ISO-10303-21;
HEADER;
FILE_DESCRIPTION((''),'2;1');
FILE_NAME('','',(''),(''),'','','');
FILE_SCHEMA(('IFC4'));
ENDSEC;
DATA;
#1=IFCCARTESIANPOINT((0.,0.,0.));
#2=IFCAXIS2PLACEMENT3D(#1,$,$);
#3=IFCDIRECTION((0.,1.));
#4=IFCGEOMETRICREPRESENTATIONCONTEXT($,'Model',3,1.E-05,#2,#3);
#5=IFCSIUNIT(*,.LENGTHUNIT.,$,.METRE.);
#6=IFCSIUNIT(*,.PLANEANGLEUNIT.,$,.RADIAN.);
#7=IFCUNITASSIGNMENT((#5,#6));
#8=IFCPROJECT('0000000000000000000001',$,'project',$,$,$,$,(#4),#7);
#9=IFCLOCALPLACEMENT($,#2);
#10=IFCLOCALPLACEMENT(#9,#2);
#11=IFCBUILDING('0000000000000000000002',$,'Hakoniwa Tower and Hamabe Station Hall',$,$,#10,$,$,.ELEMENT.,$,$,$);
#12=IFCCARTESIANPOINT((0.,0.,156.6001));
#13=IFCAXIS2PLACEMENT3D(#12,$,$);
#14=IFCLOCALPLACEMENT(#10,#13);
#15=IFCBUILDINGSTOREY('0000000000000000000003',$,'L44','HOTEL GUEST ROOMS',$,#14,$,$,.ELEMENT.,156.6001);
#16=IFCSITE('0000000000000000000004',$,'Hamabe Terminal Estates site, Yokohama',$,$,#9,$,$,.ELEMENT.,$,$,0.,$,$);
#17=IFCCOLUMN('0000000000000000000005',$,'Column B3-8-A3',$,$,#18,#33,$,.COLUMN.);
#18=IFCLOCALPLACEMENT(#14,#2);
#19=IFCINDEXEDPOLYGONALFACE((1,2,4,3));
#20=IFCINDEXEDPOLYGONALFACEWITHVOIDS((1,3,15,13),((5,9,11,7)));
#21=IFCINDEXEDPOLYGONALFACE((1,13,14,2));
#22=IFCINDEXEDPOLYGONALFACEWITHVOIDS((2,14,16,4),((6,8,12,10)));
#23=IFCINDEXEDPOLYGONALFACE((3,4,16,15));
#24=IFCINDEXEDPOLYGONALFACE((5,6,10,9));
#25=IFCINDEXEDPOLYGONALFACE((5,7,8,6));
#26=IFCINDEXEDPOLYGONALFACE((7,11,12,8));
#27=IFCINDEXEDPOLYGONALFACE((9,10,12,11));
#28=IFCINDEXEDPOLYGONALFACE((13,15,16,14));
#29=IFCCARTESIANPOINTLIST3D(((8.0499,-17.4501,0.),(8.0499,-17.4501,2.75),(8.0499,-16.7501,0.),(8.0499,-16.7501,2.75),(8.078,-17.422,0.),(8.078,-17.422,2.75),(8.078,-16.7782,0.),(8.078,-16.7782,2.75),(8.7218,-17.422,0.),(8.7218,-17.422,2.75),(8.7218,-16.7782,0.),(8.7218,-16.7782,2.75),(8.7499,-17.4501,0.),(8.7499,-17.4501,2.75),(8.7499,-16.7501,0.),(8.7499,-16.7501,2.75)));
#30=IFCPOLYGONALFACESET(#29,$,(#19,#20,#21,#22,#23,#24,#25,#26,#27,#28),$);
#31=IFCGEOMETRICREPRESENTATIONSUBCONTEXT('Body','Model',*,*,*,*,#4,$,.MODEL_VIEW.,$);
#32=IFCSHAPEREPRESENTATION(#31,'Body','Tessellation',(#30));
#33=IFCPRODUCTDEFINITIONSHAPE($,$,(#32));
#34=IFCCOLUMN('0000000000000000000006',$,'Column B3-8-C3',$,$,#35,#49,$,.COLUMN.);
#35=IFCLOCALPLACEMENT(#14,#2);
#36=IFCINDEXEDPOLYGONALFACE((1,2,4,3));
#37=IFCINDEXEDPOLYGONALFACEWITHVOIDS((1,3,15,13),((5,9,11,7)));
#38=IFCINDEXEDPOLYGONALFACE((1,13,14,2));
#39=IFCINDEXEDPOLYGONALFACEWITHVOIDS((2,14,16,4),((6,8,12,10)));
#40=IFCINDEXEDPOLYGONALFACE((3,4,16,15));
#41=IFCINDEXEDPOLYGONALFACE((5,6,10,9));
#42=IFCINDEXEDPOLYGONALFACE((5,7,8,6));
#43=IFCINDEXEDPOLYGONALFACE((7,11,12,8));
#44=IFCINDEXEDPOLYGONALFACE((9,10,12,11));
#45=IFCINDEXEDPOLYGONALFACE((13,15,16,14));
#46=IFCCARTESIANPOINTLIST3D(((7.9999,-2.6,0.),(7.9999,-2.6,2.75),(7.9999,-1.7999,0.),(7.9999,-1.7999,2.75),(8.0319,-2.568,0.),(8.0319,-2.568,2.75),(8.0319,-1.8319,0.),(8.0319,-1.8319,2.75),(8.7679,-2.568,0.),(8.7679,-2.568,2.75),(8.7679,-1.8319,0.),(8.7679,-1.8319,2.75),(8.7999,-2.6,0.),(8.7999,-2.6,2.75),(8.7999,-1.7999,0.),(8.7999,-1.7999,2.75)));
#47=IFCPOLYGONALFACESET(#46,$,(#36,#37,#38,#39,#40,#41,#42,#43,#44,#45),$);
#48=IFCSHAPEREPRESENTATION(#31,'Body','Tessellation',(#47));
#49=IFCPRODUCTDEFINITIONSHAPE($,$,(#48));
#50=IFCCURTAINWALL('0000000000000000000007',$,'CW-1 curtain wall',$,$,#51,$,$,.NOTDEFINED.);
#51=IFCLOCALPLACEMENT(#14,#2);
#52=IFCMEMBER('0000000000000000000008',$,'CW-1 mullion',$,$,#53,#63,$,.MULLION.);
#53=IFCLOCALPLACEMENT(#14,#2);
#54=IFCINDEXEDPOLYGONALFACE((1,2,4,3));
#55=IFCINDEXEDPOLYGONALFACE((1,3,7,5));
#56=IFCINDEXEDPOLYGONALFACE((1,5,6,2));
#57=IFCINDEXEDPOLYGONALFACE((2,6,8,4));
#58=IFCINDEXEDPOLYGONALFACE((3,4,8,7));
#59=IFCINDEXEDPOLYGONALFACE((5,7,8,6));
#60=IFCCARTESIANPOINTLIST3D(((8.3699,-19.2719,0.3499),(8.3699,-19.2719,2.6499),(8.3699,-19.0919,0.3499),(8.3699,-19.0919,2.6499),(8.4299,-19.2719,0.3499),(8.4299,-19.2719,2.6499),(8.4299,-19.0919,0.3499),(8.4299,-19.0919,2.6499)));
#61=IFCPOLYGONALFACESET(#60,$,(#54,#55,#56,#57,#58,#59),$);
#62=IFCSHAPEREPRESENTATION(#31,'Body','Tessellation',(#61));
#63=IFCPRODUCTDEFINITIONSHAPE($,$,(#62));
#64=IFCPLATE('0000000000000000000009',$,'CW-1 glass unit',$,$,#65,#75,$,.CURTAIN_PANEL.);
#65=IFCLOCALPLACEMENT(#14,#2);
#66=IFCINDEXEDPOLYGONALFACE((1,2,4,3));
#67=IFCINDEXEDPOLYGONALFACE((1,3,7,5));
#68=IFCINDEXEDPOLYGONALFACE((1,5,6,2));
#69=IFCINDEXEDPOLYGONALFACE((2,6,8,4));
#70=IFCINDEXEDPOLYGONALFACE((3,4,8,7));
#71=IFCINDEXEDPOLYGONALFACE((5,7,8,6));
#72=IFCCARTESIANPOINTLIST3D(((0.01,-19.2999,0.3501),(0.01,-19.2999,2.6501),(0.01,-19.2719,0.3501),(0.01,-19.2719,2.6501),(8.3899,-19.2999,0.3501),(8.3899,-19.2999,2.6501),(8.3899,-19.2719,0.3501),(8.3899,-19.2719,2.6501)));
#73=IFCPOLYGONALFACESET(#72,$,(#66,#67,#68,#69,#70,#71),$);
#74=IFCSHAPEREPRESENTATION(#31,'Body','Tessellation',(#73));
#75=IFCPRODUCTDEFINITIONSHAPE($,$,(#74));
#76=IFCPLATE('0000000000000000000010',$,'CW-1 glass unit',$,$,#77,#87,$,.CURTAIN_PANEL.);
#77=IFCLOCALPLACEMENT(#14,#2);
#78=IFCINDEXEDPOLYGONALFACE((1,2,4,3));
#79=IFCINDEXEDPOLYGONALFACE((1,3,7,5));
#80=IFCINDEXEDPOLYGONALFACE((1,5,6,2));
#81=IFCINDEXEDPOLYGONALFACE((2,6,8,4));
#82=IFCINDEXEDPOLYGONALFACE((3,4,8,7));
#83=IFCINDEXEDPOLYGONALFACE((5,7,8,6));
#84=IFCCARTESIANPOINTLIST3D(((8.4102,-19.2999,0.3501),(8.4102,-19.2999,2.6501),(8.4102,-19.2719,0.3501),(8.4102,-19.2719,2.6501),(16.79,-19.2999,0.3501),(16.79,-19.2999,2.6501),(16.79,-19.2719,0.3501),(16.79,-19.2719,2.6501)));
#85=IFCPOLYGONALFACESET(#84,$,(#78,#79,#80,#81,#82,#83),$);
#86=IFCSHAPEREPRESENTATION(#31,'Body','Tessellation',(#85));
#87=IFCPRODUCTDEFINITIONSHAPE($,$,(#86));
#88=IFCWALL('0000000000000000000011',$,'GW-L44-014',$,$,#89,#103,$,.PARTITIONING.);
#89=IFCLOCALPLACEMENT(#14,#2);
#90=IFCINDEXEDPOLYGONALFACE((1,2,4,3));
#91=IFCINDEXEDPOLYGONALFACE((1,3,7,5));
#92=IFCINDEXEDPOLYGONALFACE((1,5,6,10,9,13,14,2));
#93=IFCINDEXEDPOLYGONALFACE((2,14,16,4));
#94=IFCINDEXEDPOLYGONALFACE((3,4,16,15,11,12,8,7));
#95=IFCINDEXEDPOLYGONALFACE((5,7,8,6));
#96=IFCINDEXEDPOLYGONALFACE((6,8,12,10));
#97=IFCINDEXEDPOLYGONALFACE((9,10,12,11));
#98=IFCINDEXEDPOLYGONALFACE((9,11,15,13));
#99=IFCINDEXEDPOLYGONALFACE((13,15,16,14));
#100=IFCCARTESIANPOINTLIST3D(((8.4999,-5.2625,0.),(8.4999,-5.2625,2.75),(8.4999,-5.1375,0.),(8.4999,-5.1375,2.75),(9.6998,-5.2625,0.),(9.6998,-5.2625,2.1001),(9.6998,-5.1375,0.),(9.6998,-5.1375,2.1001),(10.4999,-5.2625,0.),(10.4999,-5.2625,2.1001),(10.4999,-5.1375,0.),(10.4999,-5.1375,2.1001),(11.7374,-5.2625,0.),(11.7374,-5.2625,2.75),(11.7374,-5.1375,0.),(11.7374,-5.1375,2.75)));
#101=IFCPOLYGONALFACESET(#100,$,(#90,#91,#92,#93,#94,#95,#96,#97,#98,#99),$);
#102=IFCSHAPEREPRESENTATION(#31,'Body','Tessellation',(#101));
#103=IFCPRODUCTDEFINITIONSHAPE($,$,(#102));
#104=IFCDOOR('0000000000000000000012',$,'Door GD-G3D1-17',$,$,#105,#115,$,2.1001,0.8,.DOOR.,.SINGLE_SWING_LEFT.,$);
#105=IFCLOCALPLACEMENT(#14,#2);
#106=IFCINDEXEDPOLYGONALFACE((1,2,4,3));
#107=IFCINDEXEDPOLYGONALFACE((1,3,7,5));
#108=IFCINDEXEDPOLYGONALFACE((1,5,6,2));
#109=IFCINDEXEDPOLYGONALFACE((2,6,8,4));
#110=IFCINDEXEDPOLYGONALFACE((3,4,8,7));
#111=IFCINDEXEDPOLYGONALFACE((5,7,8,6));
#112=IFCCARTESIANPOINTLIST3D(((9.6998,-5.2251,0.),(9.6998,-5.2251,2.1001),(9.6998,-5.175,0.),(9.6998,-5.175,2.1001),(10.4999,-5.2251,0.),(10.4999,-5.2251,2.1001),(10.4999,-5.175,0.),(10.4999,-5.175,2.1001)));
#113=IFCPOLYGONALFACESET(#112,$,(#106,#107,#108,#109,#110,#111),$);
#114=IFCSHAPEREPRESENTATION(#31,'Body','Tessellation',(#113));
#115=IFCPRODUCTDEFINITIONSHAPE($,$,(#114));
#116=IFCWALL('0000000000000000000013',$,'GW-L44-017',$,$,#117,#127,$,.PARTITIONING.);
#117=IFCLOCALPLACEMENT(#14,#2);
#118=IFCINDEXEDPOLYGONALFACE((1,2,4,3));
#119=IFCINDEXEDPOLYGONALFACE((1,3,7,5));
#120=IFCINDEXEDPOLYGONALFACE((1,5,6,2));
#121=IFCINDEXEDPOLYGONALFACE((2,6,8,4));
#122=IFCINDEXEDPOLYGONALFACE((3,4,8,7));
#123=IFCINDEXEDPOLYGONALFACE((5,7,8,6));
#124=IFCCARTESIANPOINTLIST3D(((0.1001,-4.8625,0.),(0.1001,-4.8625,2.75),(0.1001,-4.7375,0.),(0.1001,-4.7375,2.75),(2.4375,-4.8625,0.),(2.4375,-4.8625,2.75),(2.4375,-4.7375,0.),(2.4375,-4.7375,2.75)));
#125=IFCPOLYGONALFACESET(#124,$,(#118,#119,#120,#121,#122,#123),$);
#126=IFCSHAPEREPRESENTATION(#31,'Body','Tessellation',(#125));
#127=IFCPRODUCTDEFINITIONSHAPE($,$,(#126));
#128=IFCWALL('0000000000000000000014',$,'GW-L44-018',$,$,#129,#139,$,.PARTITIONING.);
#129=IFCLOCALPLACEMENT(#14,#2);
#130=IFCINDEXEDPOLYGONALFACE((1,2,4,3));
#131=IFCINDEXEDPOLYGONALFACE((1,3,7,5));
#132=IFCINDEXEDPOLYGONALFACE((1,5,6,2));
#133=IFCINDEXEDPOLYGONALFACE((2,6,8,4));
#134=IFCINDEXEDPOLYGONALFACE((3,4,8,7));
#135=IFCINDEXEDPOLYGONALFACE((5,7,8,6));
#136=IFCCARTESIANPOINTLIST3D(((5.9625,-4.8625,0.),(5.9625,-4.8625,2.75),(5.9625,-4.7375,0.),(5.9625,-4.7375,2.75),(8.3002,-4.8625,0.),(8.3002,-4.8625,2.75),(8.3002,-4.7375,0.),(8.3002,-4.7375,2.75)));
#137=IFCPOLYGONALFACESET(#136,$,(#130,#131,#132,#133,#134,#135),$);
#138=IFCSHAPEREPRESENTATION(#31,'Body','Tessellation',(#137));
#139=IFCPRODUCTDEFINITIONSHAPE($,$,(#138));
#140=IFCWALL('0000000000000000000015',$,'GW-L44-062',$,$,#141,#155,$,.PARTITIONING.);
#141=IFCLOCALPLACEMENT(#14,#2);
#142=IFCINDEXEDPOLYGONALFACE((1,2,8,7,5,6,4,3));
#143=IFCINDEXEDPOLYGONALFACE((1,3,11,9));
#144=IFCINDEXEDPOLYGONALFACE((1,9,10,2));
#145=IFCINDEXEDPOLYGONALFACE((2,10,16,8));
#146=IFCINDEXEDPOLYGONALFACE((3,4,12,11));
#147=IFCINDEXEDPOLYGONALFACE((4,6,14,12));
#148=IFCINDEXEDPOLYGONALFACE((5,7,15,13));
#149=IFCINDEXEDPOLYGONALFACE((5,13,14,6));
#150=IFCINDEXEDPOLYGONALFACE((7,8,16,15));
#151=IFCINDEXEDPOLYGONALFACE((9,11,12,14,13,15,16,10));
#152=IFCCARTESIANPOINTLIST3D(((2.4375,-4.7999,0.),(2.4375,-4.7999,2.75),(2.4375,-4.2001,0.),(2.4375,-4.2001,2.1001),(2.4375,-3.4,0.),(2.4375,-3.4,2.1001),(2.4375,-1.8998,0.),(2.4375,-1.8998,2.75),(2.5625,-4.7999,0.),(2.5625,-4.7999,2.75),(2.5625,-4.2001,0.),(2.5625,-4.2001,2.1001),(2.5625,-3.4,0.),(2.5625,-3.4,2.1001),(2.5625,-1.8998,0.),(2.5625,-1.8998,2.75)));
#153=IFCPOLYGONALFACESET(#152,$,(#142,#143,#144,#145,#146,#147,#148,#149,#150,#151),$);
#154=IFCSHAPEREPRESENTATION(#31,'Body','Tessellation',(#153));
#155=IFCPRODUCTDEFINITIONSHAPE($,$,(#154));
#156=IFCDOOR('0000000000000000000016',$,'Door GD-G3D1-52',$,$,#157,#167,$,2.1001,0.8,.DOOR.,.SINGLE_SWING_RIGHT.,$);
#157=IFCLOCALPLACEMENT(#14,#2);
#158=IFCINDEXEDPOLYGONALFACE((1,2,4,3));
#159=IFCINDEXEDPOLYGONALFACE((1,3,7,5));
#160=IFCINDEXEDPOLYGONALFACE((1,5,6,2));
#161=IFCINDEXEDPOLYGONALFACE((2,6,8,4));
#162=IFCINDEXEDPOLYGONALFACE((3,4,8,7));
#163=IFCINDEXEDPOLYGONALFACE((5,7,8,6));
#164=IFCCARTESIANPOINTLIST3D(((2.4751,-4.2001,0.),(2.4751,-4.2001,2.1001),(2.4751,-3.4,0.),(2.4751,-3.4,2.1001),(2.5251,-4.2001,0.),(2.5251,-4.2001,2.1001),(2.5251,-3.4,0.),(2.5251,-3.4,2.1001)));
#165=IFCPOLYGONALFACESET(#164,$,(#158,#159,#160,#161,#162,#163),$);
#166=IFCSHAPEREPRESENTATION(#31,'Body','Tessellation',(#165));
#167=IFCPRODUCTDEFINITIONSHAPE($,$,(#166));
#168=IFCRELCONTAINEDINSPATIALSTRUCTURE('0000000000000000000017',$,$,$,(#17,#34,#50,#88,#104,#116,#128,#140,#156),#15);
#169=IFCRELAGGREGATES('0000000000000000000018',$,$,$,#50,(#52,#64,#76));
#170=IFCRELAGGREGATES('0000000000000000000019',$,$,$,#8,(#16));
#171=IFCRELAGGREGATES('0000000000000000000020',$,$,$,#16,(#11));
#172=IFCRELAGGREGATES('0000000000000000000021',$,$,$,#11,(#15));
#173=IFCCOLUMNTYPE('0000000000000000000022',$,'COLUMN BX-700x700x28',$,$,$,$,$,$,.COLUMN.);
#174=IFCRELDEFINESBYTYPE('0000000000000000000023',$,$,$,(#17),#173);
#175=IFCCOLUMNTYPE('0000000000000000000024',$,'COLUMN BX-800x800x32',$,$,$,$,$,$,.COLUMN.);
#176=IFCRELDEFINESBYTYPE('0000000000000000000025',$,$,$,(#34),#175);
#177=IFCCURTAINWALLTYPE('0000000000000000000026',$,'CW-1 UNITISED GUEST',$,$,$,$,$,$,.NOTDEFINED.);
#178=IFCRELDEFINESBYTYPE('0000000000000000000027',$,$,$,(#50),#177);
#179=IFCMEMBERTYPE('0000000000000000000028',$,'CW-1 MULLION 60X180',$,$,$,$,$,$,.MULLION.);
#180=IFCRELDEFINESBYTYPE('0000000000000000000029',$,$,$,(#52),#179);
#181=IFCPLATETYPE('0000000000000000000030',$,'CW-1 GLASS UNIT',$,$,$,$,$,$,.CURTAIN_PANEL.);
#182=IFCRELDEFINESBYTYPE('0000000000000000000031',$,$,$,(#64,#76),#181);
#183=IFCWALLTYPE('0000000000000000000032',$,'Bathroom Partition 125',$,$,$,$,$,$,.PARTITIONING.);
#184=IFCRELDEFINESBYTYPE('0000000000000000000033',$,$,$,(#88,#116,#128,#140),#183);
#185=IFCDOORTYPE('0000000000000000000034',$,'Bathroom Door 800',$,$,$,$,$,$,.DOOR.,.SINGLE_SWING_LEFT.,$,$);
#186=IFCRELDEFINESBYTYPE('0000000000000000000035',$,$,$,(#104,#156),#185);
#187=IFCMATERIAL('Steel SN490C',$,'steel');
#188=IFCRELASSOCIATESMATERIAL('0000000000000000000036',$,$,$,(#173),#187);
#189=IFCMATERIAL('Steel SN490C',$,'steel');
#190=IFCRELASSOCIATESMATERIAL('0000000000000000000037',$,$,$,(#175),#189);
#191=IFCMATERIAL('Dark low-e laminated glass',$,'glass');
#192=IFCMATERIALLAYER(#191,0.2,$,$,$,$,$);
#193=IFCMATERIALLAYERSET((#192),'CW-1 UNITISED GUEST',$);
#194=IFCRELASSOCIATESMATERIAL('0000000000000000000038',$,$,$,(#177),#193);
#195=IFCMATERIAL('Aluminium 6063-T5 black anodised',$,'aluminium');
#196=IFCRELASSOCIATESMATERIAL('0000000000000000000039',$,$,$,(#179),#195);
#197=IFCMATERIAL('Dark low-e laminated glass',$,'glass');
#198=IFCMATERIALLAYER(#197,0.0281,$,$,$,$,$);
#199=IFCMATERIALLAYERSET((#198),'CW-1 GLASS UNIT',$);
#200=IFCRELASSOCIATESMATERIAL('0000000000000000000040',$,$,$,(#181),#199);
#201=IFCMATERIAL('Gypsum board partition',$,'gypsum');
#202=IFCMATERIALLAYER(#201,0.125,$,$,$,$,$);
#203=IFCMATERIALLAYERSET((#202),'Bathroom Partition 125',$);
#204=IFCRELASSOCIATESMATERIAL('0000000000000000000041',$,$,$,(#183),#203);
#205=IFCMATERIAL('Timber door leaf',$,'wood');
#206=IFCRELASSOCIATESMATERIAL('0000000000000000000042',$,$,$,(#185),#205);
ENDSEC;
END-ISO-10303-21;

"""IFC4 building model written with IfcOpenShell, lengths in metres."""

from ifc_helpers import new_model, si_unit, direction, frame, frame_2d, origin, origin_2d, place, context, subcontext, project, spatial, rectangle, hollow_rectangle, extrude, material, layer, layer_set, material_profile, profile_set, type_object, element, fill, aggregate, save


model = new_model("IFC4")

# Units and contexts
model_context = context("Model", 3, precision=1e-05, world=origin(), true_north=direction((0.0, 1.0)))
body_context = subcontext(model_context, "Body", "Model", "MODEL_VIEW")
ifc_project = project(units=[si_unit("LENGTHUNIT", "METRE"), si_unit("PLANEANGLEUNIT", "RADIAN")], contexts=[model_context])

# Site, building, storey
site_placement = place(None, origin())
site = spatial("IfcSite", under=ifc_project, at=site_placement, Name="Hamabe Terminal Estates site, Yokohama", CompositionType="ELEMENT", RefElevation=0.0)
building_placement = place(site_placement, origin())
building = spatial("IfcBuilding", under=site, at=building_placement, Name="Hakoniwa Tower and Hamabe Station Hall", CompositionType="ELEMENT")
storey_placement = place(building_placement, frame((0.0, 0.0, 156.6001)))
storey = spatial("IfcBuildingStorey", under=building, at=storey_placement, Name="L44", Description="HOTEL GUEST ROOMS", CompositionType="ELEMENT", Elevation=156.6001)

# Columns
ifc_material_1 = material(Name="Steel SN490C", Category="steel")
ifc_material_profile_1 = material_profile(ifc_material_1, hollow_rectangle(XDim=0.7, YDim=0.7, WallThickness=0.0281, at=origin_2d()), Name="BX-700x700x28")
ifc_profile_set_1 = profile_set([ifc_material_profile_1], Name="Steel SN490C")
column_type_1 = type_object("IfcColumnType", Name="COLUMN BX-700x700x28", PredefinedType="COLUMN", material=ifc_profile_set_1)
column_1_placement = place(storey_placement, frame((8.3999, -17.1001, 0.0), z_axis=(0.0, 0.0, 1.0), x_axis=(1.0, 0.0, 0.0)))
element("IfcColumn", 1, at=column_1_placement, inside=storey, type_object=column_type_1, Name="Column B3-8-A3", PredefinedType="COLUMN", context=body_context, shape_type="SweptSolid", body=[
    extrude(hollow_rectangle(XDim=0.7, YDim=0.7, WallThickness=0.0281, at=origin_2d()), origin(), (0.0, 0.0, 1.0), 2.75),
])
ifc_material_2 = material(Name="Steel SN490C", Category="steel")
ifc_material_profile_2 = material_profile(ifc_material_2, hollow_rectangle(XDim=0.8, YDim=0.8, WallThickness=0.032, at=origin_2d()), Name="BX-800x800x32")
ifc_profile_set_2 = profile_set([ifc_material_profile_2], Name="Steel SN490C")
column_type_2 = type_object("IfcColumnType", Name="COLUMN BX-800x800x32", PredefinedType="COLUMN", material=ifc_profile_set_2)
column_2_placement = place(storey_placement, frame((8.3999, -2.2, 0.0), z_axis=(0.0, 0.0, 1.0), x_axis=(1.0, 0.0, 0.0)))
element("IfcColumn", 2, at=column_2_placement, inside=storey, type_object=column_type_2, Name="Column B3-8-C3", PredefinedType="COLUMN", context=body_context, shape_type="SweptSolid", body=[
    extrude(hollow_rectangle(XDim=0.8, YDim=0.8, WallThickness=0.032, at=origin_2d()), origin(), (0.0, 0.0, 1.0), 2.75),
])

# Curtain wall, member, plates
ifc_material_3 = material(Name="Dark low-e laminated glass", Category="glass")
ifc_layer_1 = layer(ifc_material_3, 0.2)
ifc_layer_set_1 = layer_set([ifc_layer_1], Name="CW-1 UNITISED GUEST")
curtain_wall_type = type_object("IfcCurtainWallType", Name="CW-1 UNITISED GUEST", PredefinedType="NOTDEFINED", material=ifc_layer_set_1)
curtain_wall_placement = place(storey_placement, origin())
curtain_wall = element("IfcCurtainWall", 3, at=curtain_wall_placement, inside=storey, type_object=curtain_wall_type, Name="CW-1 curtain wall", PredefinedType="NOTDEFINED")
ifc_material_4 = material(Name="Aluminium 6063-T5 black anodised", Category="aluminium")
ifc_material_profile_3 = material_profile(ifc_material_4, rectangle(XDim=0.0601, YDim=0.1799, at=origin_2d()), Name="CW-1 MULLION 60X180")
ifc_profile_set_3 = profile_set([ifc_material_profile_3], Name="Aluminium 6063-T5 black anodised")
member_type = type_object("IfcMemberType", Name="CW-1 MULLION 60X180", PredefinedType="MULLION", material=ifc_profile_set_3)
member_placement = place(storey_placement, frame((8.3999, -19.1819, 0.3499), z_axis=(0.0, 0.0, 1.0), x_axis=(1.0, 0.0, 0.0)))
member = element("IfcMember", 4, at=member_placement, type_object=member_type, Name="CW-1 mullion", PredefinedType="MULLION", context=body_context, shape_type="SweptSolid", body=[
    extrude(rectangle(XDim=0.0601, YDim=0.1799, at=origin_2d()), origin(), (0.0, 0.0, 1.0), 2.3),
])
ifc_material_5 = material(Name="Dark low-e laminated glass", Category="glass")
ifc_layer_2 = layer(ifc_material_5, 0.0281)
ifc_layer_set_2 = layer_set([ifc_layer_2], Name="CW-1 GLASS UNIT")
plate_type = type_object("IfcPlateType", Name="CW-1 GLASS UNIT", PredefinedType="CURTAIN_PANEL", material=ifc_layer_set_2)
plate_1_placement = place(storey_placement, frame((4.2, -19.2859, 0.3501), z_axis=(0.0, 0.0, 1.0), x_axis=(1.0, 0.0, 0.0)))
plate_1 = element("IfcPlate", 5, at=plate_1_placement, type_object=plate_type, Name="CW-1 glass unit", PredefinedType="CURTAIN_PANEL", context=body_context, shape_type="SweptSolid", body=[
    extrude(rectangle(XDim=8.3799, YDim=0.0281, at=origin_2d()), origin(), (0.0, 0.0, 1.0), 2.3),
])
plate_2_placement = place(storey_placement, frame((12.6001, -19.2859, 0.3501), z_axis=(0.0, 0.0, 1.0), x_axis=(1.0, 0.0, 0.0)))
plate_2 = element("IfcPlate", 6, at=plate_2_placement, type_object=plate_type, Name="CW-1 glass unit", PredefinedType="CURTAIN_PANEL", context=body_context, shape_type="SweptSolid", body=[
    extrude(rectangle(XDim=8.3799, YDim=0.0281, at=origin_2d()), origin(), (0.0, 0.0, 1.0), 2.3),
])
aggregate(curtain_wall, [member, plate_1, plate_2])

# Wall, opening, door
ifc_material_6 = material(Name="Gypsum board partition", Category="gypsum")
ifc_layer_3 = layer(ifc_material_6, 0.125)
ifc_layer_set_3 = layer_set([ifc_layer_3], Name="Bathroom Partition 125")
wall_type_1 = type_object("IfcWallType", Name="Bathroom Partition 125", PredefinedType="PARTITIONING", material=ifc_layer_set_3)
wall_1_placement = place(storey_placement, frame((8.5, -5.2, 0.0), z_axis=(0.0, 0.0, 1.0), x_axis=(1.0, 0.0, 0.0)))
wall_1 = element("IfcWall", 7, at=wall_1_placement, inside=storey, type_object=wall_type_1, Name="GW-L44-014", PredefinedType="PARTITIONING", context=body_context, shape_type="SweptSolid", body=[
    extrude(rectangle(XDim=3.2375, YDim=0.125, at=frame_2d((1.6187, 0.0))), origin(), (0.0, 0.0, 1.0), 2.75),
])
opening_1_placement = place(wall_1_placement, frame((1.2, 0.0, 0.0)))
opening_1 = element("IfcOpeningElement", 8, at=opening_1_placement, cuts=wall_1, PredefinedType="OPENING", context=body_context, shape_type="SweptSolid", body=[
    extrude(rectangle(XDim=0.8, YDim=2.1001, at=frame_2d((0.3999, 1.05))), frame((0.0, 0.0725, 0.0), z_axis=(0.0, -1.0, 0.0), x_axis=(1.0, 0.0, 0.0)), (0.0, 0.0, 1.0), 0.145),
])
ifc_material_7 = material(Name="Timber door leaf", Category="wood")
door_type = type_object("IfcDoorType", Name="Bathroom Door 800", OperationType="SINGLE_SWING_LEFT", PredefinedType="DOOR", material=ifc_material_7)
door_1_placement = place(opening_1_placement, origin())
door_1 = element("IfcDoor", 9, at=door_1_placement, inside=storey, type_object=door_type, Name="Door GD-G3D1-17", OperationType="SINGLE_SWING_LEFT", OverallHeight=2.1001, OverallWidth=0.8, PredefinedType="DOOR", context=body_context, shape_type="SweptSolid", body=[
    extrude(rectangle(XDim=0.8, YDim=2.1001, at=frame_2d((0.3999, 1.05))), frame((0.0, 0.0249, 0.0), z_axis=(0.0, -1.0, 0.0), x_axis=(1.0, 0.0, 0.0)), (0.0, 0.0, 1.0), 0.05),
])
fill(opening_1, door_1)

# Walls
wall_2_placement = place(storey_placement, frame((0.1001, -4.8, 0.0), z_axis=(0.0, 0.0, 1.0), x_axis=(1.0, 0.0, 0.0)))
element("IfcWall", 10, at=wall_2_placement, inside=storey, type_object=wall_type_1, Name="GW-L44-017", PredefinedType="PARTITIONING", context=body_context, shape_type="SweptSolid", body=[
    extrude(rectangle(XDim=2.3374, YDim=0.125, at=frame_2d((1.1687, 0.0))), origin(), (0.0, 0.0, 1.0), 2.75),
])
wall_3_placement = place(storey_placement, frame((5.9624, -4.8, 0.0), z_axis=(0.0, 0.0, 1.0), x_axis=(1.0, 0.0, 0.0)))
element("IfcWall", 11, at=wall_3_placement, inside=storey, type_object=wall_type_1, Name="GW-L44-018", PredefinedType="PARTITIONING", context=body_context, shape_type="SweptSolid", body=[
    extrude(rectangle(XDim=2.3376, YDim=0.125, at=frame_2d((1.1689, 0.0))), origin(), (0.0, 0.0, 1.0), 2.75),
])

# Wall, opening, door
wall_4_placement = place(storey_placement, frame((2.5, -4.8, 0.0), z_axis=(0.0, 0.0, 1.0), x_axis=(0.0, 1.0, 0.0)))
wall_4 = element("IfcWall", 12, at=wall_4_placement, inside=storey, type_object=wall_type_1, Name="GW-L44-062", PredefinedType="PARTITIONING", context=body_context, shape_type="SweptSolid", body=[
    extrude(rectangle(XDim=2.9001, YDim=0.125, at=frame_2d((1.4502, 0.0))), origin(), (0.0, 0.0, 1.0), 2.75),
])
opening_2_placement = place(wall_4_placement, frame((0.6001, 0.0, 0.0)))
opening_2 = element("IfcOpeningElement", 13, at=opening_2_placement, cuts=wall_4, PredefinedType="OPENING", context=body_context, shape_type="SweptSolid", body=[
    extrude(rectangle(XDim=0.8, YDim=2.1001, at=frame_2d((0.3999, 1.05))), frame((0.0, 0.0725, 0.0), z_axis=(0.0, -1.0, 0.0), x_axis=(1.0, 0.0, 0.0)), (0.0, 0.0, 1.0), 0.145),
])
door_2_placement = place(opening_2_placement, origin())
door_2 = element("IfcDoor", 14, at=door_2_placement, inside=storey, type_object=door_type, Name="Door GD-G3D1-52", OperationType="SINGLE_SWING_RIGHT", OverallHeight=2.1001, OverallWidth=0.8, PredefinedType="DOOR", context=body_context, shape_type="SweptSolid", body=[
    extrude(rectangle(XDim=0.8, YDim=2.1001, at=frame_2d((0.3999, 1.05))), frame((0.0, 0.0249, 0.0), z_axis=(0.0, -1.0, 0.0), x_axis=(1.0, 0.0, 0.0)), (0.0, 0.0, 1.0), 0.05),
])
fill(opening_2, door_2)

save(model, "model.ifc")
